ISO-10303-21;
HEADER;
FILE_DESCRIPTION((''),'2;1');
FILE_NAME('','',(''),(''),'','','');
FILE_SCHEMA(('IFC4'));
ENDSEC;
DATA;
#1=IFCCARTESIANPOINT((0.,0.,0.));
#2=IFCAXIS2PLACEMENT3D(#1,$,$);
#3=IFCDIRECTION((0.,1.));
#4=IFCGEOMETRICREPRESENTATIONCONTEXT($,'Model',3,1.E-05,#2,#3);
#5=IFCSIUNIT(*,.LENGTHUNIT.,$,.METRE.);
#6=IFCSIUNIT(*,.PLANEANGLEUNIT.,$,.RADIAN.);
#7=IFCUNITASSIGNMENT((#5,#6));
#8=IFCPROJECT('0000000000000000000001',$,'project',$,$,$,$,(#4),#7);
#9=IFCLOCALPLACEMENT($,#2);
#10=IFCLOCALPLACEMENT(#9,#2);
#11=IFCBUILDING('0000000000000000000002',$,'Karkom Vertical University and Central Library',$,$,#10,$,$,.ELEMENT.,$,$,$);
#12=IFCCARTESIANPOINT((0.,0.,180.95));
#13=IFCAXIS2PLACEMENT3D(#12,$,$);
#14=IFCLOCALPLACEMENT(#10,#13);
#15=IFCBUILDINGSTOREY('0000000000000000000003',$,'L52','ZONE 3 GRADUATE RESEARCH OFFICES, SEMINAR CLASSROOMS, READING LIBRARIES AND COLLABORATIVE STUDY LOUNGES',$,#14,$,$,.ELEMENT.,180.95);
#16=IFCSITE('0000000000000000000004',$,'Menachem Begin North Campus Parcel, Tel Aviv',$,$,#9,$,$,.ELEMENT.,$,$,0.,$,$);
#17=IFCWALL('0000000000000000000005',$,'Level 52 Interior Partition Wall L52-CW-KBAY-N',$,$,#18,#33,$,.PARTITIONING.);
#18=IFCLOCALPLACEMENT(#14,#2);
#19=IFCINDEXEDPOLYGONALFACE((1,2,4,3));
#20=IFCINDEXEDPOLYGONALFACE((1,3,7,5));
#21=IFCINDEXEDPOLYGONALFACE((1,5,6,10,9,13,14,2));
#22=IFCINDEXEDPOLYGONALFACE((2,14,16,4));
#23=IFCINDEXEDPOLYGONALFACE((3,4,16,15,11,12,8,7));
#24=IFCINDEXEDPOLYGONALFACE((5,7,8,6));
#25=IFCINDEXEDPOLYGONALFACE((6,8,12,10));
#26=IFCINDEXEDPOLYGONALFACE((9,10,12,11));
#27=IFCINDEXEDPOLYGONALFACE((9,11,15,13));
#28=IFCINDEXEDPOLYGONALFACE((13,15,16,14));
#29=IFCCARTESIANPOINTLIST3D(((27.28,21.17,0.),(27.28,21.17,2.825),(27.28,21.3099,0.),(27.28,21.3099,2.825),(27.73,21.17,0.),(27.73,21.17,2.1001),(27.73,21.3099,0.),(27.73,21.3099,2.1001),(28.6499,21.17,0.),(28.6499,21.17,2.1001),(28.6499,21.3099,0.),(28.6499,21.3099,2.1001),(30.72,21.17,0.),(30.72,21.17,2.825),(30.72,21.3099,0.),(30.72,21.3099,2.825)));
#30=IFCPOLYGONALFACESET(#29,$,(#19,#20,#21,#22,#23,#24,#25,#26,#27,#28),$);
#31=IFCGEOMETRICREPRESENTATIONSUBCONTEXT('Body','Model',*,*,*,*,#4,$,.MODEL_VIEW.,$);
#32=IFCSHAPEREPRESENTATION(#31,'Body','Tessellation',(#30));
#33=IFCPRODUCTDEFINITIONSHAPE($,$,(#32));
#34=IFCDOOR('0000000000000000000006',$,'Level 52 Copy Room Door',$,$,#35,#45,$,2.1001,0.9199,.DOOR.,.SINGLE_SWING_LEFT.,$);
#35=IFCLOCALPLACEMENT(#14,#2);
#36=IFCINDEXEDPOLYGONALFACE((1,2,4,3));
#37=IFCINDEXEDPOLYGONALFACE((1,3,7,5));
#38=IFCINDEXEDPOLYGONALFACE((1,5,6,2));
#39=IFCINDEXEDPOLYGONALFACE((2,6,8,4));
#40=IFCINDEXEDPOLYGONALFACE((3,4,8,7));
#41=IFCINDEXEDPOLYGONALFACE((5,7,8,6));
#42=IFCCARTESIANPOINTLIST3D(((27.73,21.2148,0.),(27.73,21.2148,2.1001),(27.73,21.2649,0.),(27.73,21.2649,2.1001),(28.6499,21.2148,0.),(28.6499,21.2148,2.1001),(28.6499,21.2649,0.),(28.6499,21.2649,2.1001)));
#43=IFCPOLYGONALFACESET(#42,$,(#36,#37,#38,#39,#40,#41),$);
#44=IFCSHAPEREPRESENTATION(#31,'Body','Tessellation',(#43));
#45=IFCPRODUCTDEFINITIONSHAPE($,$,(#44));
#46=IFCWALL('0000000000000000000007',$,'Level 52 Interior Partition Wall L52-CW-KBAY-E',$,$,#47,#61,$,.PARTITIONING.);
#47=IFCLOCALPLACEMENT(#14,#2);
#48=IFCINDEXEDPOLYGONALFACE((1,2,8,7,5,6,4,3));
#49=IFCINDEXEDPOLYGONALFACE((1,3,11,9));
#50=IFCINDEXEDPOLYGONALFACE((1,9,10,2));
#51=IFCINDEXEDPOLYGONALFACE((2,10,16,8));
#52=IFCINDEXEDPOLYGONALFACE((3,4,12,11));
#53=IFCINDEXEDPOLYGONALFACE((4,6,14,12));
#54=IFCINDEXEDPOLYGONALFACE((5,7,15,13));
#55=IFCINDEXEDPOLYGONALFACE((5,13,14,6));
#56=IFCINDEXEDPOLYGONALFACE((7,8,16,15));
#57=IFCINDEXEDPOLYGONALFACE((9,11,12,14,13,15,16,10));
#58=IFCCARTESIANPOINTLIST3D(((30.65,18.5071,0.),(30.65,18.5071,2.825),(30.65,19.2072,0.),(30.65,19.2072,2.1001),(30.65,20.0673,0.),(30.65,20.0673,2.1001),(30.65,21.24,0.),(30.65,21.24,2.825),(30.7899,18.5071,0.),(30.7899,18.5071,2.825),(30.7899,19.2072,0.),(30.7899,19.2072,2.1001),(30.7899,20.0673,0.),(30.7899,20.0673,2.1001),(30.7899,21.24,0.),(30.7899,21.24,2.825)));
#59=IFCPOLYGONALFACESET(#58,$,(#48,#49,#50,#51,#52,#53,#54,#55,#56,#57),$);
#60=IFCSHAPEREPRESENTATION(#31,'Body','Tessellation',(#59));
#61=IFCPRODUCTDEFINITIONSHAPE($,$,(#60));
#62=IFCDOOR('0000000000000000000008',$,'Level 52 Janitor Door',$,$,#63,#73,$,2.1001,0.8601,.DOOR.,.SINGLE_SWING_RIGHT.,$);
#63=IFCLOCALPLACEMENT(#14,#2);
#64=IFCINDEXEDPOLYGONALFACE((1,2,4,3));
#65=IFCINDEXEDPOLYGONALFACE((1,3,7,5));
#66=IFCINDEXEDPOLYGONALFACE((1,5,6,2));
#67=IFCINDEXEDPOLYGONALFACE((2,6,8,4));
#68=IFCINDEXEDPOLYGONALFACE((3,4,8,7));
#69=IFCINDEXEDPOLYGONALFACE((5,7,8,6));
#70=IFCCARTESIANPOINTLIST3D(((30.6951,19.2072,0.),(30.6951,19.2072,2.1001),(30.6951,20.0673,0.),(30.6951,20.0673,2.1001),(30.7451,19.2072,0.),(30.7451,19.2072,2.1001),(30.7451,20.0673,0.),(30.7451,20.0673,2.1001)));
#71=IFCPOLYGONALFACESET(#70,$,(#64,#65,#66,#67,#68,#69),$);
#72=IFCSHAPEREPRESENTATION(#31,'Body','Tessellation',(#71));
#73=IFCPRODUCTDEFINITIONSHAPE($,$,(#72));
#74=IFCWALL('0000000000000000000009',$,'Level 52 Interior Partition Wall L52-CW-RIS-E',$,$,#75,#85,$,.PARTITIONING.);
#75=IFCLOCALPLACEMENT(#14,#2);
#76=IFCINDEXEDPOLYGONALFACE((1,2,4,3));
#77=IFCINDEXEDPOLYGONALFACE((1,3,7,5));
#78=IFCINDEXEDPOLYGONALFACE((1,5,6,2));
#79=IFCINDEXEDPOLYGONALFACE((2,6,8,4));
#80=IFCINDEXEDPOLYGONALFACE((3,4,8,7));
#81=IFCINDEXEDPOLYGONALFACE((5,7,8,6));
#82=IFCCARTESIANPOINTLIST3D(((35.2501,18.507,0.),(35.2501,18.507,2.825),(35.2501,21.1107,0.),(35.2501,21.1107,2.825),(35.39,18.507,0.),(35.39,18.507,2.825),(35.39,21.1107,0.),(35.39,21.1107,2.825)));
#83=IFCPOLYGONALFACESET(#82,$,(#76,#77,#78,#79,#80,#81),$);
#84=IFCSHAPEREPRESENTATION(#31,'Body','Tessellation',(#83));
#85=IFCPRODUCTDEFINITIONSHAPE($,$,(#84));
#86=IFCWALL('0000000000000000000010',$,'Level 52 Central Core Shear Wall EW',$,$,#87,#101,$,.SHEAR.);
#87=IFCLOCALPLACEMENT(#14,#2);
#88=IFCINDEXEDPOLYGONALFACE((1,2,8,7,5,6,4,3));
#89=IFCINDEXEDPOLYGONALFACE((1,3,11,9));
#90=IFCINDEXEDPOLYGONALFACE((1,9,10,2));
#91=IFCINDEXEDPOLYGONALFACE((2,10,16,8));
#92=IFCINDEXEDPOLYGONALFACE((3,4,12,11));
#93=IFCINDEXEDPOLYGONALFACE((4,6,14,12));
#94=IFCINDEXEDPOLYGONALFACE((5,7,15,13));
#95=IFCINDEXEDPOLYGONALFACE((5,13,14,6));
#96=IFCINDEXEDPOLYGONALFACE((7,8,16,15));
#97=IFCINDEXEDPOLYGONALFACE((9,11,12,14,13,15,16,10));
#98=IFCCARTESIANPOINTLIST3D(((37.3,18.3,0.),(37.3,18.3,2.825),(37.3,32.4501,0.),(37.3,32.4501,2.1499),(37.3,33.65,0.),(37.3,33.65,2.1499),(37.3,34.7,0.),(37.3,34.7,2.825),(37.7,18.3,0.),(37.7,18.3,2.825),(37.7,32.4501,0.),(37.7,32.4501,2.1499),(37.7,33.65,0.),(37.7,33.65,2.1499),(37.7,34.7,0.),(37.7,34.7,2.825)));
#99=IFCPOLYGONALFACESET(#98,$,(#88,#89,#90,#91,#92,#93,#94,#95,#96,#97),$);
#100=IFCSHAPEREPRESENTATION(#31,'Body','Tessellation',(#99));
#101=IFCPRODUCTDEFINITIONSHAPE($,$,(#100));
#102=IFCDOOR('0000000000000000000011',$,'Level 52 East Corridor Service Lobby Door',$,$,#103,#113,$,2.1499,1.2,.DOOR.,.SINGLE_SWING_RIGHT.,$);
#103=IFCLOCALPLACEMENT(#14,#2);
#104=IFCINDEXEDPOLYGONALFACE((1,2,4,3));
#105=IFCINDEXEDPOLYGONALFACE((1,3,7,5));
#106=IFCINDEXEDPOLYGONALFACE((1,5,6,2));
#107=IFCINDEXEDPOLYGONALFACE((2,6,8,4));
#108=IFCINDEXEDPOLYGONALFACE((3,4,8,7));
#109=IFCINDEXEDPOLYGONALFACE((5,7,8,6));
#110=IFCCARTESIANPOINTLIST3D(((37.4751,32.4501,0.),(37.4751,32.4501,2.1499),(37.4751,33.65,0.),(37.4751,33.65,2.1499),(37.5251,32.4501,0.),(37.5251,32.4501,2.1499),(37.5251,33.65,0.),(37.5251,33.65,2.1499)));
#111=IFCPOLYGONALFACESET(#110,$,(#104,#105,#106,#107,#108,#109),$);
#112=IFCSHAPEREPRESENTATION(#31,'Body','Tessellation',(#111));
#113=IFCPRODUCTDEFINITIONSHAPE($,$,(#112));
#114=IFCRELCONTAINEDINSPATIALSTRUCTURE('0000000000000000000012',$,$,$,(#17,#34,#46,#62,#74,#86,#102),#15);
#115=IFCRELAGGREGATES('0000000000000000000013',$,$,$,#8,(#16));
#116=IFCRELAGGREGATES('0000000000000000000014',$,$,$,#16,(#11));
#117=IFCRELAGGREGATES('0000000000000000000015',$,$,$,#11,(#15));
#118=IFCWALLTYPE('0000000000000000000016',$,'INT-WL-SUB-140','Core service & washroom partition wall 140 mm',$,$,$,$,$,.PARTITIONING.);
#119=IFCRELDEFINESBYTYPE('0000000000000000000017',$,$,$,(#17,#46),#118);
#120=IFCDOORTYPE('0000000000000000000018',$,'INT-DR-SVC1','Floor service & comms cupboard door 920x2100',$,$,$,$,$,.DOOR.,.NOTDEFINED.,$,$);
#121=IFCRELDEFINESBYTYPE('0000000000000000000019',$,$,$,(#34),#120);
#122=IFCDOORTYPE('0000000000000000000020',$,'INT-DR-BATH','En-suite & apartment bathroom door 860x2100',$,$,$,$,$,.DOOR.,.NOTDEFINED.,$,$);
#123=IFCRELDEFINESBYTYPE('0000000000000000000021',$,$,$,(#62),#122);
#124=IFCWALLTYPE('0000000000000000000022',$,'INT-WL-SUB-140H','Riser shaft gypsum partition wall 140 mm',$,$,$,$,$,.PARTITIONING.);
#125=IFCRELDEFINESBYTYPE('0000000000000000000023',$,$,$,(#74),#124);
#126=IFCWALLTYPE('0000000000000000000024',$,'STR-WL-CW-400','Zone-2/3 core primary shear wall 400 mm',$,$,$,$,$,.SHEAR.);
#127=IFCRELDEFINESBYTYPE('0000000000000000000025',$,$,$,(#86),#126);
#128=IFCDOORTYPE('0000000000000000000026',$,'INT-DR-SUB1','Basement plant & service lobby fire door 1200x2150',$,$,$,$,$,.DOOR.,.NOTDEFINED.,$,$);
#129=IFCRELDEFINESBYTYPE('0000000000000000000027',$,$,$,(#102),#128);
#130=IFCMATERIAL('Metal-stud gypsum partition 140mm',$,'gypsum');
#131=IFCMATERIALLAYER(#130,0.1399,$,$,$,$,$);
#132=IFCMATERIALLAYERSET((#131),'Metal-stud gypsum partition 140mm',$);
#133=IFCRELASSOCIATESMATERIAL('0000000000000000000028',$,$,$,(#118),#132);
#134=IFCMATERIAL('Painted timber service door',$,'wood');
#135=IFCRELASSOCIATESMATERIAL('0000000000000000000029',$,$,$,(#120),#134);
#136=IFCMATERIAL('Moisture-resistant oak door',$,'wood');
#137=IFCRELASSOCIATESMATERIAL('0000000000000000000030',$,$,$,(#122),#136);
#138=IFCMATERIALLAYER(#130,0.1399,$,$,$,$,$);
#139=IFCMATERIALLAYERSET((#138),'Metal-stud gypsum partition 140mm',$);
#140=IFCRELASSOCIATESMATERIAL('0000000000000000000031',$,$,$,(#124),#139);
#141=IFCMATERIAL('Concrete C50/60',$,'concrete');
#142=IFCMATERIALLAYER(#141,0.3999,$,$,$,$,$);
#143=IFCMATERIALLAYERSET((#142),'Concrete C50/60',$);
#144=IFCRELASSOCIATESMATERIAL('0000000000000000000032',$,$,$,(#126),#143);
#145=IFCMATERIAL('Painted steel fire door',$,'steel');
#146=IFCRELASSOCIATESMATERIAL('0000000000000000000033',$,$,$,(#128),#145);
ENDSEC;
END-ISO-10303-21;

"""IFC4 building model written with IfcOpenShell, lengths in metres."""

from ifc_helpers import new_model, si_unit, direction, frame, frame_2d, origin, origin_with_axes, place, context, subcontext, project, spatial, rectangle, extrude, source, transform, mapped, material, layer, layer_set, type_object, element, fill, save


model = new_model("IFC4")

# Units and contexts
model_context = context("Model", 3, precision=1e-05, world=origin(), true_north=direction((0.0, 1.0)))
body_context = subcontext(model_context, "Body", "Model", "MODEL_VIEW")
ifc_project = project(units=[si_unit("LENGTHUNIT", "METRE"), si_unit("PLANEANGLEUNIT", "RADIAN")], contexts=[model_context])

# Site, building, storey
site_placement = place(None, origin())
site = spatial("IfcSite", under=ifc_project, at=site_placement, Name="Menachem Begin North Campus Parcel, Tel Aviv", CompositionType="ELEMENT", RefElevation=0.0)
building_placement = place(site_placement, origin())
building = spatial("IfcBuilding", under=site, at=building_placement, Name="Karkom Vertical University and Central Library", CompositionType="ELEMENT")
storey_placement = place(building_placement, frame((0.0, 0.0, 180.95)))
storey = spatial("IfcBuildingStorey", under=building, at=storey_placement, Name="L52", Description="ZONE 3 GRADUATE RESEARCH OFFICES, SEMINAR CLASSROOMS, READING LIBRARIES AND COLLABORATIVE STUDY LOUNGES", CompositionType="ELEMENT", Elevation=180.95)

# Shared definitions
ifc_material_1 = material(Name="Concrete C50/60", Category="concrete")

# Walls, openings, doors
ifc_material_2 = material(Name="Metal-stud gypsum partition 140mm", Category="gypsum")
ifc_layer_1 = layer(ifc_material_2, 0.1399)
ifc_layer_set_1 = layer_set([ifc_layer_1], Name="Metal-stud gypsum partition 140mm")
wall_type_1 = type_object("IfcWallType", Name="INT-WL-SUB-140", Description="Core service & washroom partition wall 140 mm", PredefinedType="PARTITIONING", material=ifc_layer_set_1)
wall_1_placement = place(storey_placement, frame((27.28, 21.24, 0.0), z_axis=(0.0, 0.0, 1.0), x_axis=(1.0, 0.0, 0.0)))
wall_1 = element("IfcWall", 1, at=wall_1_placement, inside=storey, type_object=wall_type_1, Name="Level 52 Interior Partition Wall L52-CW-KBAY-N", PredefinedType="PARTITIONING", context=body_context, shape_type="SweptSolid", body=[
    extrude(rectangle(XDim=3.4399, YDim=0.1399, at=frame_2d((1.72, 0.0))), origin(), (0.0, 0.0, 1.0), 2.825),
])
opening_1_placement = place(wall_1_placement, frame((0.45, 0.0, 0.0)))
opening_1 = element("IfcOpeningElement", 2, at=opening_1_placement, cuts=wall_1, PredefinedType="OPENING", context=body_context, shape_type="SweptSolid", body=[
    extrude(rectangle(XDim=0.9199, YDim=2.1001, at=frame_2d((0.46, 1.05))), frame((0.0, 0.0801, 0.0), z_axis=(0.0, -1.0, 0.0), x_axis=(1.0, 0.0, 0.0)), (0.0, 0.0, 1.0), 0.1599),
])
ifc_material_3 = material(Name="Painted timber service door", Category="wood")
door_type_1 = type_object("IfcDoorType", Name="INT-DR-SVC1", Description="Floor service & comms cupboard door 920x2100", OperationType="NOTDEFINED", PredefinedType="DOOR", material=ifc_material_3)
shared_shape_1 = source(origin_with_axes(), body_context, "Body", "SweptSolid", [
    extrude(rectangle(XDim=0.9199, YDim=2.1001, at=frame_2d((0.46, 1.05))), frame((0.0, 0.0249, 0.0), z_axis=(0.0, -1.0, 0.0), x_axis=(1.0, 0.0, 0.0)), (0.0, 0.0, 1.0), 0.05),
])
door_1_placement = place(opening_1_placement, origin())
door_1 = element("IfcDoor", 3, at=door_1_placement, inside=storey, type_object=door_type_1, Name="Level 52 Copy Room Door", OperationType="SINGLE_SWING_LEFT", OverallHeight=2.1001, OverallWidth=0.9199, PredefinedType="DOOR", context=body_context, shape_type="MappedRepresentation", body=[
    mapped(shared_shape_1, transform((0.0, 0.0, 0.0), scale=1.0)),
])
fill(opening_1, door_1)
wall_2_placement = place(storey_placement, frame((30.72, 18.5071, 0.0), z_axis=(0.0, 0.0, 1.0), x_axis=(0.0, 1.0, 0.0)))
wall_2 = element("IfcWall", 4, at=wall_2_placement, inside=storey, type_object=wall_type_1, Name="Level 52 Interior Partition Wall L52-CW-KBAY-E", PredefinedType="PARTITIONING", context=body_context, shape_type="SweptSolid", body=[
    extrude(rectangle(XDim=2.7329, YDim=0.1399, at=frame_2d((1.3665, 0.0))), origin(), (0.0, 0.0, 1.0), 2.825),
])
opening_2_placement = place(wall_2_placement, frame((0.7, 0.0, 0.0)))
opening_2 = element("IfcOpeningElement", 5, at=opening_2_placement, cuts=wall_2, PredefinedType="OPENING", context=body_context, shape_type="SweptSolid", body=[
    extrude(rectangle(XDim=0.8601, YDim=2.1001, at=frame_2d((0.4302, 1.05))), frame((0.0, 0.0801, 0.0), z_axis=(0.0, -1.0, 0.0), x_axis=(1.0, 0.0, 0.0)), (0.0, 0.0, 1.0), 0.1599),
])
ifc_material_4 = material(Name="Moisture-resistant oak door", Category="wood")
door_type_2 = type_object("IfcDoorType", Name="INT-DR-BATH", Description="En-suite & apartment bathroom door 860x2100", OperationType="NOTDEFINED", PredefinedType="DOOR", material=ifc_material_4)
shared_shape_2 = source(origin_with_axes(), body_context, "Body", "SweptSolid", [
    extrude(rectangle(XDim=0.8601, YDim=2.1001, at=frame_2d((0.4302, 1.05))), frame((0.0, 0.0249, 0.0), z_axis=(0.0, -1.0, 0.0), x_axis=(1.0, 0.0, 0.0)), (0.0, 0.0, 1.0), 0.05),
])
door_2_placement = place(opening_2_placement, origin())
door_2 = element("IfcDoor", 6, at=door_2_placement, inside=storey, type_object=door_type_2, Name="Level 52 Janitor Door", OperationType="SINGLE_SWING_RIGHT", OverallHeight=2.1001, OverallWidth=0.8601, PredefinedType="DOOR", context=body_context, shape_type="MappedRepresentation", body=[
    mapped(shared_shape_2, transform((0.0, 0.0, 0.0), scale=1.0)),
])
fill(opening_2, door_2)

# Wall
ifc_layer_2 = layer(ifc_material_2, 0.1399)
ifc_layer_set_2 = layer_set([ifc_layer_2], Name="Metal-stud gypsum partition 140mm")
wall_type_2 = type_object("IfcWallType", Name="INT-WL-SUB-140H", Description="Riser shaft gypsum partition wall 140 mm", PredefinedType="PARTITIONING", material=ifc_layer_set_2)
wall_3_placement = place(storey_placement, frame((35.3201, 18.5071, 0.0), z_axis=(0.0, 0.0, 1.0), x_axis=(0.0, 1.0, 0.0)))
element("IfcWall", 7, at=wall_3_placement, inside=storey, type_object=wall_type_2, Name="Level 52 Interior Partition Wall L52-CW-RIS-E", PredefinedType="PARTITIONING", context=body_context, shape_type="SweptSolid", body=[
    extrude(rectangle(XDim=2.6038, YDim=0.1399, at=frame_2d((1.3018, 0.0))), origin(), (0.0, 0.0, 1.0), 2.825),
])

# Wall, opening, door
ifc_layer_3 = layer(ifc_material_1, 0.3999)
ifc_layer_set_3 = layer_set([ifc_layer_3], Name="Concrete C50/60")
wall_type_3 = type_object("IfcWallType", Name="STR-WL-CW-400", Description="Zone-2/3 core primary shear wall 400 mm", PredefinedType="SHEAR", material=ifc_layer_set_3)
wall_4_placement = place(storey_placement, frame((37.5, 18.3, 0.0), z_axis=(0.0, 0.0, 1.0), x_axis=(0.0, 1.0, 0.0)))
wall_4 = element("IfcWall", 8, at=wall_4_placement, inside=storey, type_object=wall_type_3, Name="Level 52 Central Core Shear Wall EW", PredefinedType="SHEAR", context=body_context, shape_type="SweptSolid", body=[
    extrude(rectangle(XDim=16.3999, YDim=0.3999, at=frame_2d((8.2, 0.0))), origin(), (0.0, 0.0, 1.0), 2.825),
])
opening_3_placement = place(wall_4_placement, frame((14.1499, 0.0, 0.0)))
opening_3 = element("IfcOpeningElement", 9, at=opening_3_placement, cuts=wall_4, PredefinedType="OPENING", context=body_context, shape_type="SweptSolid", body=[
    extrude(rectangle(XDim=1.2, YDim=2.1499, at=frame_2d((0.6001, 1.075))), frame((0.0, 0.21, 0.0), z_axis=(0.0, -1.0, 0.0), x_axis=(1.0, 0.0, 0.0)), (0.0, 0.0, 1.0), 0.4199),
])
ifc_material_5 = material(Name="Painted steel fire door", Category="steel")
door_type_3 = type_object("IfcDoorType", Name="INT-DR-SUB1", Description="Basement plant & service lobby fire door 1200x2150", OperationType="NOTDEFINED", PredefinedType="DOOR", material=ifc_material_5)
shared_shape_3 = source(origin_with_axes(), body_context, "Body", "SweptSolid", [
    extrude(rectangle(XDim=1.2, YDim=2.1499, at=frame_2d((0.6001, 1.075))), frame((0.0, 0.0249, 0.0), z_axis=(0.0, -1.0, 0.0), x_axis=(1.0, 0.0, 0.0)), (0.0, 0.0, 1.0), 0.05),
])
door_3_placement = place(opening_3_placement, origin())
door_3 = element("IfcDoor", 10, at=door_3_placement, inside=storey, type_object=door_type_3, Name="Level 52 East Corridor Service Lobby Door", OperationType="SINGLE_SWING_RIGHT", OverallHeight=2.1499, OverallWidth=1.2, PredefinedType="DOOR", context=body_context, shape_type="MappedRepresentation", body=[
    mapped(shared_shape_3, transform((0.0, 0.0, 0.0), scale=1.0)),
])
fill(opening_3, door_3)

save(model, "model.ifc")
